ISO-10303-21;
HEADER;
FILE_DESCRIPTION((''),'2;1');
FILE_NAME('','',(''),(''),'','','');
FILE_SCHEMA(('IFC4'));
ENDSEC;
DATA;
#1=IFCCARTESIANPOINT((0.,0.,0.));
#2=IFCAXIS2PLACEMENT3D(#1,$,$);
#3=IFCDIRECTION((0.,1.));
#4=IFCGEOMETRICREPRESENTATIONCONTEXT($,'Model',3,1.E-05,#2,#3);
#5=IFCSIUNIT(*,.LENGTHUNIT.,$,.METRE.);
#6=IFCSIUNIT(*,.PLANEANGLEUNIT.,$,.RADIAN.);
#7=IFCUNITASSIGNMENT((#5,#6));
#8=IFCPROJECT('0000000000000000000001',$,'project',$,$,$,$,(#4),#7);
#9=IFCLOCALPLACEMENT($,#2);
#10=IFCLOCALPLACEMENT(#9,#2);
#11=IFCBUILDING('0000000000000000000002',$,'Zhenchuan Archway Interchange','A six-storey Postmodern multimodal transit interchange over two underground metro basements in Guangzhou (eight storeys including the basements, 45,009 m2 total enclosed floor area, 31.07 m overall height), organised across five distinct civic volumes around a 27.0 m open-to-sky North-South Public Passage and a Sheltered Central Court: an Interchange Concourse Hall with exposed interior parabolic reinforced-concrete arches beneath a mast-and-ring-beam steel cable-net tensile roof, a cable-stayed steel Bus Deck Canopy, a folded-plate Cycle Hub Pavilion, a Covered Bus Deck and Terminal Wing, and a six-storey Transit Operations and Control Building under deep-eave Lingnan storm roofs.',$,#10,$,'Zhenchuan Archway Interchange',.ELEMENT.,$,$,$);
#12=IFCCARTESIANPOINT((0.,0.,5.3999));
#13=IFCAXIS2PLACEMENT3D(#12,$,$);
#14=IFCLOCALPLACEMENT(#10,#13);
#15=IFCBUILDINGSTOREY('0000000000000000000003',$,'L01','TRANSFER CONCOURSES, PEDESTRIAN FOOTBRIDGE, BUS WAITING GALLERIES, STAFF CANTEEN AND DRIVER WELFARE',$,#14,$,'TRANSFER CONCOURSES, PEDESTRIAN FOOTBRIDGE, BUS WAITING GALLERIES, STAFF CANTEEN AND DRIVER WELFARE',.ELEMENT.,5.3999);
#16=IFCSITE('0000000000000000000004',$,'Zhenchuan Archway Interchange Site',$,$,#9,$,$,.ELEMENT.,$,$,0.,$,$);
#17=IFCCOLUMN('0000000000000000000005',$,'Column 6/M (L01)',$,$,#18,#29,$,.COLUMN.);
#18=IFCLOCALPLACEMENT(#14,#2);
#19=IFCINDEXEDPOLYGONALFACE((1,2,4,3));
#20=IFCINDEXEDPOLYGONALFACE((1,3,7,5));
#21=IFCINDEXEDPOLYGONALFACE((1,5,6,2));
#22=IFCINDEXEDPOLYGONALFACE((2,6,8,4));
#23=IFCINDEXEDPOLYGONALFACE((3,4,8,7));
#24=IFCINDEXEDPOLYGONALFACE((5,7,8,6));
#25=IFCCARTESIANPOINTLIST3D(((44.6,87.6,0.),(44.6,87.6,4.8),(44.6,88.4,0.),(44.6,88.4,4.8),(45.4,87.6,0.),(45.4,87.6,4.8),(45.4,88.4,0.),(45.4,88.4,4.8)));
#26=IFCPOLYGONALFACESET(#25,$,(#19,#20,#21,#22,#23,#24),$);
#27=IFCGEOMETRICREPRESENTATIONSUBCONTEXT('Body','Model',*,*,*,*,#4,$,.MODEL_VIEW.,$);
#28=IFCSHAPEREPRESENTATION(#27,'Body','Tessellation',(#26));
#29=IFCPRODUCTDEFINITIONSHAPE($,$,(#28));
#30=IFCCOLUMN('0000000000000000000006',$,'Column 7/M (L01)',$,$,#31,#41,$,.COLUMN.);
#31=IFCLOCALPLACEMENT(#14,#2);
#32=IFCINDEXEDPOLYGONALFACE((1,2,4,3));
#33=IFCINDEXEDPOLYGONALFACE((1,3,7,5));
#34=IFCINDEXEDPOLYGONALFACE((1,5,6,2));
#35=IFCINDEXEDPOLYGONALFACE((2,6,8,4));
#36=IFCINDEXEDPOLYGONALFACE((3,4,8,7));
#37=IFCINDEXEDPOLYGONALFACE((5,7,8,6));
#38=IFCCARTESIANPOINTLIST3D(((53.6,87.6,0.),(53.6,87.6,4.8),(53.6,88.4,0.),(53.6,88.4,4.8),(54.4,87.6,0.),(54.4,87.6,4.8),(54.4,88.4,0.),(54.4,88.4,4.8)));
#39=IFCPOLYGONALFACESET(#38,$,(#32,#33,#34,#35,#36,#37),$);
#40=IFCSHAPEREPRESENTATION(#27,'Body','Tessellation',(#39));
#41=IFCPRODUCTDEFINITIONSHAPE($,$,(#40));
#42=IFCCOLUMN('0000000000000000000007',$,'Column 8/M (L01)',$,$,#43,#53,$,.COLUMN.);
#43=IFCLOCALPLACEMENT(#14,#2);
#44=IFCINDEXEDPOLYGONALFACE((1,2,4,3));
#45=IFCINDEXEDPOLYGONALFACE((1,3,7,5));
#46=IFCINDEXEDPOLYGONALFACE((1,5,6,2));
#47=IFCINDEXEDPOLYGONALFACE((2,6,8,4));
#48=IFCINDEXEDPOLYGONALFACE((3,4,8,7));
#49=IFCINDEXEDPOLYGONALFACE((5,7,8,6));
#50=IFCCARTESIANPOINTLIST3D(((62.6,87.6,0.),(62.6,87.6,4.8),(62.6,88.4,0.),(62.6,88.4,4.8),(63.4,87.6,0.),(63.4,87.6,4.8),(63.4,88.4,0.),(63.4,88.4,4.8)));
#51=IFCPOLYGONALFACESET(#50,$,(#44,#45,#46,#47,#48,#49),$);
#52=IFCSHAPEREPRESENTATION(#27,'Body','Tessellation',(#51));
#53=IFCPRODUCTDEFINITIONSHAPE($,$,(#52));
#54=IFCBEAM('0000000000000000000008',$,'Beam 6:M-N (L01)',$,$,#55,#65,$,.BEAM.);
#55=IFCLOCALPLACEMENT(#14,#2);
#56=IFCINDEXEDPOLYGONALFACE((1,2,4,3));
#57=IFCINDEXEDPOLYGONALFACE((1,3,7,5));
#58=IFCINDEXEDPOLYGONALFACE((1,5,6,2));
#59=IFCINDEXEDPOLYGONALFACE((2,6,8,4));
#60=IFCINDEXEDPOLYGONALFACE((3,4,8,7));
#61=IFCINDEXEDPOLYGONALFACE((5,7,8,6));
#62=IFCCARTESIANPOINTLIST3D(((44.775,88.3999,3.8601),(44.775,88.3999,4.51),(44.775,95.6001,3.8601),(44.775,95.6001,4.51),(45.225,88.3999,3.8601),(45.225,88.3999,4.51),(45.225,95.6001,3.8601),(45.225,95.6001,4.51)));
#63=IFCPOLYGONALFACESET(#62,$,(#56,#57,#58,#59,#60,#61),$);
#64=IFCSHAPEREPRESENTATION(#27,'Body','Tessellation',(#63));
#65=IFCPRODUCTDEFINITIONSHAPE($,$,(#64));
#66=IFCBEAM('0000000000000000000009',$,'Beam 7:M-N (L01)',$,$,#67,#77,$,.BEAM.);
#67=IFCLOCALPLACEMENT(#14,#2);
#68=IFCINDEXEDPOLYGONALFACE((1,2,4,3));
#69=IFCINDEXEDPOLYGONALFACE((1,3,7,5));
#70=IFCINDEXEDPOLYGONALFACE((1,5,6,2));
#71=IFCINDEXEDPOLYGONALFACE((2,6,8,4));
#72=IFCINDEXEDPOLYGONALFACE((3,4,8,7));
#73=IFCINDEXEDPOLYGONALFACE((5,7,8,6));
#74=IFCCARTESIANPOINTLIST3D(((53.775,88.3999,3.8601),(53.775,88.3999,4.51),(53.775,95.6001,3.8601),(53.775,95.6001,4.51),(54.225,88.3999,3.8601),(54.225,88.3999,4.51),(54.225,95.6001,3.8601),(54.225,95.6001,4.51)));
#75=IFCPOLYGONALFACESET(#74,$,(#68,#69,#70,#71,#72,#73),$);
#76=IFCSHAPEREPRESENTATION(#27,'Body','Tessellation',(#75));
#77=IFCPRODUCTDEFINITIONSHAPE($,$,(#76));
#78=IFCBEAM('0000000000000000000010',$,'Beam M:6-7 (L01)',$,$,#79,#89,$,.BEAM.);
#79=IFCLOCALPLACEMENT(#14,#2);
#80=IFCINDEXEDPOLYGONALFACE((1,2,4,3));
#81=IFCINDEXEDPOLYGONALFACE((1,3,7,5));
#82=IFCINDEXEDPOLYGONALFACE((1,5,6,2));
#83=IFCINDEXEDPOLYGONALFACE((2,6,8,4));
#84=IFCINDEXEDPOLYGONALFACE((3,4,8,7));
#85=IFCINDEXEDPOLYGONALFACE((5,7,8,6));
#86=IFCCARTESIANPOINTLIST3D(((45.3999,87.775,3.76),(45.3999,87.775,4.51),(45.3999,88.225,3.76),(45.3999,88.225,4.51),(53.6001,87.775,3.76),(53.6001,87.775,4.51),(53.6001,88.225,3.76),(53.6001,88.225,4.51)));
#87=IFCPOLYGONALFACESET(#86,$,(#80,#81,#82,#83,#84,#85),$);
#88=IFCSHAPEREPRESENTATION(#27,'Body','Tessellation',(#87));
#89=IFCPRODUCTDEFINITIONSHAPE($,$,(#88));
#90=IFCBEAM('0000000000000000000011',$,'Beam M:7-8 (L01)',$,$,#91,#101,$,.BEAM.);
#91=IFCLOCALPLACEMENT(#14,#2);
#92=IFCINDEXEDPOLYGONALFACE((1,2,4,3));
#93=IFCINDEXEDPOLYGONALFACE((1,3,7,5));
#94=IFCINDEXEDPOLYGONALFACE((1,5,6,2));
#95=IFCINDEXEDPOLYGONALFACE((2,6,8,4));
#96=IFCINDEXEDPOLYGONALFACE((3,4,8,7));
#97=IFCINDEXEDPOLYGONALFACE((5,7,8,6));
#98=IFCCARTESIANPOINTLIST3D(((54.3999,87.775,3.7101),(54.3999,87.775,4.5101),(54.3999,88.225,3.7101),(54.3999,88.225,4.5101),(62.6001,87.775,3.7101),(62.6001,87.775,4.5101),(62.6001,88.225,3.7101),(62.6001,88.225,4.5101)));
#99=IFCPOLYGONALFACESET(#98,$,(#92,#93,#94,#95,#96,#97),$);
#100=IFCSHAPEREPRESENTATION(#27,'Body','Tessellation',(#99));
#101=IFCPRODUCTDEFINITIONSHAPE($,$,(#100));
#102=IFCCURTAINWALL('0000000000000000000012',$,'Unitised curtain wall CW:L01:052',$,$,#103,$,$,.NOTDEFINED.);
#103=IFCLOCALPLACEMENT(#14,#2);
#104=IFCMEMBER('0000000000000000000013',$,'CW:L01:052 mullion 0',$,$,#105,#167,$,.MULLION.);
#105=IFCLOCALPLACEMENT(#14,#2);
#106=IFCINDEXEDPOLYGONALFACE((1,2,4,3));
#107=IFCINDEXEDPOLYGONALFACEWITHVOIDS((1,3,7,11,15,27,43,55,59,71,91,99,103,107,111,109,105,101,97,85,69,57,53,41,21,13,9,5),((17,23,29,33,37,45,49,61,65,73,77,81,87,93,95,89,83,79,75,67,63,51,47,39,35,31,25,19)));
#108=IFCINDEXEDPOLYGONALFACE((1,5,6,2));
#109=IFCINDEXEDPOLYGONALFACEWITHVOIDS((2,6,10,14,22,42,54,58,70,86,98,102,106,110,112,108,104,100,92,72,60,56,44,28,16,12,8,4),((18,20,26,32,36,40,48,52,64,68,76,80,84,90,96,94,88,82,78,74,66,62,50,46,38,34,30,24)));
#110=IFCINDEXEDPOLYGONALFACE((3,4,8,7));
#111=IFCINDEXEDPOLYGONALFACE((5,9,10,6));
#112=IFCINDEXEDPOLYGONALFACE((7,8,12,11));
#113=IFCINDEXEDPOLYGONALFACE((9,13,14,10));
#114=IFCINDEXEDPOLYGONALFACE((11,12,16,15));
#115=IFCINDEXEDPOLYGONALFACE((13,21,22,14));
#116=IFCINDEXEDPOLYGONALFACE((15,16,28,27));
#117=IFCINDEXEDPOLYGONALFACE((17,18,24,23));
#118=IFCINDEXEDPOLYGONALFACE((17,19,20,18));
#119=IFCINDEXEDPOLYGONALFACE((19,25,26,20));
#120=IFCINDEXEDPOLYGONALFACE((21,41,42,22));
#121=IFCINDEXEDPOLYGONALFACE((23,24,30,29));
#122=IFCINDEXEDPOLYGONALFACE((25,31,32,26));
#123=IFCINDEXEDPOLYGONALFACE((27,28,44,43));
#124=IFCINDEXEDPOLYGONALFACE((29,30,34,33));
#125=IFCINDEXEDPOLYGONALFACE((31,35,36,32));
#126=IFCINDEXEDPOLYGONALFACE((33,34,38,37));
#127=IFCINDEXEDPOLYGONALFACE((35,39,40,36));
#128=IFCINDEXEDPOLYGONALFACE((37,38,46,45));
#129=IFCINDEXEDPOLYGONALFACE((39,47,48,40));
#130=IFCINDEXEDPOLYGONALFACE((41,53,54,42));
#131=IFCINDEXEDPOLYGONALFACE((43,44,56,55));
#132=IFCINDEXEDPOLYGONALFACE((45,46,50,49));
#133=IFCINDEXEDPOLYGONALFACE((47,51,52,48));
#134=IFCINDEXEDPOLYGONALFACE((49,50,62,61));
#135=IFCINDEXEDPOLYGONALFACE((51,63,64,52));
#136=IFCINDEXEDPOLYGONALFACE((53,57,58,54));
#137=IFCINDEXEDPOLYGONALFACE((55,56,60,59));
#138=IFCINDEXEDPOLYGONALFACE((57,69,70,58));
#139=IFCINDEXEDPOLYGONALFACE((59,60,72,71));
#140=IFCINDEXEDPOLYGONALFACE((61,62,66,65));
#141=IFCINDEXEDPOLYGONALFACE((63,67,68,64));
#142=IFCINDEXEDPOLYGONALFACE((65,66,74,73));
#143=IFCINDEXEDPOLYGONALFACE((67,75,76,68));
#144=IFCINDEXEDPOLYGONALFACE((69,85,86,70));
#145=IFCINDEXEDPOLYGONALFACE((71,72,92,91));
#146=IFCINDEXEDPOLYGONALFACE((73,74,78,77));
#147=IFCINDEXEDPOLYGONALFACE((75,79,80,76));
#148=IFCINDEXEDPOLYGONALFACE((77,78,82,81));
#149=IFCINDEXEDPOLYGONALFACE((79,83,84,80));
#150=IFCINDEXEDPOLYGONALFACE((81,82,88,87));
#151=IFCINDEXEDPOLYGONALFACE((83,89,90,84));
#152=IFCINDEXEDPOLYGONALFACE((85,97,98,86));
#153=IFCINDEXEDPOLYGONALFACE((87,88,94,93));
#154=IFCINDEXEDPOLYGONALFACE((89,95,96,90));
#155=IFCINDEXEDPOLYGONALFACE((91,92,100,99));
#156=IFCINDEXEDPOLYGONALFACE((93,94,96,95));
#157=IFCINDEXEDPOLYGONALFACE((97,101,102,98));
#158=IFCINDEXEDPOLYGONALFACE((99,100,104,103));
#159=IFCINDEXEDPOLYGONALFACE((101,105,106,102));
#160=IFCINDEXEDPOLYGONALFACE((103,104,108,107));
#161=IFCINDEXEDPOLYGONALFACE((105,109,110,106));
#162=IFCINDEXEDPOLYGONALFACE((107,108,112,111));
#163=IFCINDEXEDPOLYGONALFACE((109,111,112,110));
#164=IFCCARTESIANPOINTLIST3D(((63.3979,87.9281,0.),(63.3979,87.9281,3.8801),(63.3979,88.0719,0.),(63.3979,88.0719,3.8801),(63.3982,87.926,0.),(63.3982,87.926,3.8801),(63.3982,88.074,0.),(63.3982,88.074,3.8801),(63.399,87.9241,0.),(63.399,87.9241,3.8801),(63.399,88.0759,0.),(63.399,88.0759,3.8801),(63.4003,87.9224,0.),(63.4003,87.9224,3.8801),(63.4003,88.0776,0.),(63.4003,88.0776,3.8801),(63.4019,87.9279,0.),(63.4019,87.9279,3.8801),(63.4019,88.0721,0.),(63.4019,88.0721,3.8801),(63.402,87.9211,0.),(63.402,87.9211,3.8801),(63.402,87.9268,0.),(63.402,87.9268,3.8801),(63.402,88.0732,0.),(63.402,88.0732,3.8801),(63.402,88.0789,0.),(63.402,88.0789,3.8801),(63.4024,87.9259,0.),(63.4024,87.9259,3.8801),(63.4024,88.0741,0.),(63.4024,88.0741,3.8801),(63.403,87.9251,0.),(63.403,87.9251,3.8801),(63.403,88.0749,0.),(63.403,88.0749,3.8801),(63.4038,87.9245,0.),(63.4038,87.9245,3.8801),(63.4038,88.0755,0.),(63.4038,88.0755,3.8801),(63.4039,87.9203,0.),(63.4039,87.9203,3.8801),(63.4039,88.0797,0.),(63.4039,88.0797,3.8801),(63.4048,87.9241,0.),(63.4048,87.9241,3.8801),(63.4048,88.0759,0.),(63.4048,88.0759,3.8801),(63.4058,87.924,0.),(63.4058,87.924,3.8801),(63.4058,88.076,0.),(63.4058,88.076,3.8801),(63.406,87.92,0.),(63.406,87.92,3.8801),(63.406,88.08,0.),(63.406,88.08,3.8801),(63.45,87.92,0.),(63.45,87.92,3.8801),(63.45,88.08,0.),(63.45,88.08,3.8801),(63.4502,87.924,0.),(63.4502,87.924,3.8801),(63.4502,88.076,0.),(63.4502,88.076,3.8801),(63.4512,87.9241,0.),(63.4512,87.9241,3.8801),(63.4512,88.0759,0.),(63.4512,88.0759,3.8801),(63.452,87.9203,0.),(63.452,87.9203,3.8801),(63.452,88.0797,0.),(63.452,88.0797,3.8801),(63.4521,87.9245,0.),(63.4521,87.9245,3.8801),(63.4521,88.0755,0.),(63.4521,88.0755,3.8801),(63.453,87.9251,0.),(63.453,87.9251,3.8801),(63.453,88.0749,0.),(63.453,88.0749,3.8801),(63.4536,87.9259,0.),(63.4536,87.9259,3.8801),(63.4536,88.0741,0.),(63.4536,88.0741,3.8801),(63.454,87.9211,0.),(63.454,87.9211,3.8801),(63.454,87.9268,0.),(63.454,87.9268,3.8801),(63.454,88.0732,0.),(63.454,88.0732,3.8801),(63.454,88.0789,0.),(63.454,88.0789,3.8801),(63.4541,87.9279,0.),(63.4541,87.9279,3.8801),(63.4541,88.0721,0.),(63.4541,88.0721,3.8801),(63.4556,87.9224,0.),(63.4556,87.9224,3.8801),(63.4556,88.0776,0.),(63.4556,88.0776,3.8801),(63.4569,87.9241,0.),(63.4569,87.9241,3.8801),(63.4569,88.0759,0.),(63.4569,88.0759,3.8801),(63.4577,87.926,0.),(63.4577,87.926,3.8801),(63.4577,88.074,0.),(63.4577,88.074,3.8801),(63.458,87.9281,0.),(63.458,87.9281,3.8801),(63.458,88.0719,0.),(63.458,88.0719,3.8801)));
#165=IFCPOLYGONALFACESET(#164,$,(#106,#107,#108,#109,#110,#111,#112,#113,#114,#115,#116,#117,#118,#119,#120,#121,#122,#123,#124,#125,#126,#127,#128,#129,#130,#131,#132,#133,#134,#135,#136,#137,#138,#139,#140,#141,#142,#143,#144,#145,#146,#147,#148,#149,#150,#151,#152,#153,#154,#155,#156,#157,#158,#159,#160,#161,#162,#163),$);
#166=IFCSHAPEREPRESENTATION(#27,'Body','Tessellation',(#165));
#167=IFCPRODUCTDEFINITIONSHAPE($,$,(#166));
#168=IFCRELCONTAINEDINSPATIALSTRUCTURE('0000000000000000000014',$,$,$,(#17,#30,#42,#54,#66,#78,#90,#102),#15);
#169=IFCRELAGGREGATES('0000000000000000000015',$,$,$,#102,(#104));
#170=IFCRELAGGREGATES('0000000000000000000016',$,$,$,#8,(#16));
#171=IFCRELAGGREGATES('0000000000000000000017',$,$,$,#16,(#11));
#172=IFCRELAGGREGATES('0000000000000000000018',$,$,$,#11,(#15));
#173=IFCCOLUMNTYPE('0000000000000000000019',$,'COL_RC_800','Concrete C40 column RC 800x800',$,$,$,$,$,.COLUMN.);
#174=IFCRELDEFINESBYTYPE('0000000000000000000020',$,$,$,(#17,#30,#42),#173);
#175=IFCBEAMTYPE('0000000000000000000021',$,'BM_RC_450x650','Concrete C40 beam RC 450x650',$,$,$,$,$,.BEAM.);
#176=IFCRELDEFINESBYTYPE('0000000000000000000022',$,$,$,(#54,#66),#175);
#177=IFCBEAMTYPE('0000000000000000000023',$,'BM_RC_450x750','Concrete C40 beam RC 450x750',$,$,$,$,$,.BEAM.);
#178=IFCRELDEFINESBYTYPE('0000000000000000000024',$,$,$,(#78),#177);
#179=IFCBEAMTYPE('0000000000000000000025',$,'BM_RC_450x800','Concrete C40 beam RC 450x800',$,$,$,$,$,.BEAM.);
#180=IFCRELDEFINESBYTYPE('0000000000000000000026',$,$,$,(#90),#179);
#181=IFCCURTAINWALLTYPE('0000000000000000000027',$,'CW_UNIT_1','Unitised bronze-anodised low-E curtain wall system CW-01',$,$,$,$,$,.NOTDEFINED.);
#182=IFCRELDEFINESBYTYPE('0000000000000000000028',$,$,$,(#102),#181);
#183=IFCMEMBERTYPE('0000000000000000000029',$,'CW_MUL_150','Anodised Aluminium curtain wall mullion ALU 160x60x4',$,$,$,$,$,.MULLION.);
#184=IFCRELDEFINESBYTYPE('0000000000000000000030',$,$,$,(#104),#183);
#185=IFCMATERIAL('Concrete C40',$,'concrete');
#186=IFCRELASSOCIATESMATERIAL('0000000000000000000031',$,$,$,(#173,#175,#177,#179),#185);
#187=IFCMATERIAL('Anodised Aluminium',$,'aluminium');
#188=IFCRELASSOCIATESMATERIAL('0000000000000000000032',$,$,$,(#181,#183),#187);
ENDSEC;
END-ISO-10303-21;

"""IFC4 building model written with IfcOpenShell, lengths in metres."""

from ifc_helpers import new_model, si_unit, direction, frame, origin, origin_2d, place, context, subcontext, project, spatial, rectangle, hollow_rectangle, extrude, material, material_profile, profile_set, type_object, element, aggregate, save


model = new_model("IFC4")

# Units and contexts
model_context = context("Model", 3, precision=1e-05, world=origin(), true_north=direction((0.0, 1.0)))
body_context = subcontext(model_context, "Body", "Model", "MODEL_VIEW")
ifc_project = project(units=[si_unit("LENGTHUNIT", "METRE"), si_unit("PLANEANGLEUNIT", "RADIAN")], contexts=[model_context])

# Site, building, storey
site_placement = place(None, origin())
site = spatial("IfcSite", under=ifc_project, at=site_placement, Name="Zhenchuan Archway Interchange Site", CompositionType="ELEMENT", RefElevation=0.0)
building_placement = place(site_placement, origin())
building = spatial("IfcBuilding", under=site, at=building_placement, Name="Zhenchuan Archway Interchange", Description="A six-storey Postmodern multimodal transit interchange over two underground metro basements in Guangzhou (eight storeys including the basements, 45,009 m2 total enclosed floor area, 31.07 m overall height), organised across five distinct civic volumes around a 27.0 m open-to-sky North-South Public Passage and a Sheltered Central Court: an Interchange Concourse Hall with exposed interior parabolic reinforced-concrete arches beneath a mast-and-ring-beam steel cable-net tensile roof, a cable-stayed steel Bus Deck Canopy, a folded-plate Cycle Hub Pavilion, a Covered Bus Deck and Terminal Wing, and a six-storey Transit Operations and Control Building under deep-eave Lingnan storm roofs.", LongName="Zhenchuan Archway Interchange", CompositionType="ELEMENT")
storey_placement = place(building_placement, frame((0.0, 0.0, 5.3999)))
storey = spatial("IfcBuildingStorey", under=building, at=storey_placement, Name="L01", Description="TRANSFER CONCOURSES, PEDESTRIAN FOOTBRIDGE, BUS WAITING GALLERIES, STAFF CANTEEN AND DRIVER WELFARE", LongName="TRANSFER CONCOURSES, PEDESTRIAN FOOTBRIDGE, BUS WAITING GALLERIES, STAFF CANTEEN AND DRIVER WELFARE", CompositionType="ELEMENT", Elevation=5.3999)

# Columns
ifc_material_1 = material(Name="Concrete C40", Category="concrete")
ifc_material_profile_1 = material_profile(ifc_material_1, rectangle(XDim=0.8, YDim=0.8, at=origin_2d()), Name="RC 800x800")
ifc_profile_set_1 = profile_set([ifc_material_profile_1], Name="Concrete C40")
column_type = type_object("IfcColumnType", Name="COL_RC_800", Description="Concrete C40 column RC 800x800", PredefinedType="COLUMN", material=ifc_profile_set_1)
for number, where, z_axis, x_axis, name in (
    (1, (45.0, 88.0, 0.0), (0.0, 0.0, 1.0), (1.0, 0.0, 0.0), "Column 6/M (L01)"),
    (2, (54.0, 88.0, 0.0), (0.0, 0.0, 1.0), (1.0, 0.0, 0.0), "Column 7/M (L01)"),
    (3, (63.0, 88.0, 0.0), (0.0, 0.0, 1.0), (1.0, 0.0, 0.0), "Column 8/M (L01)"),
):
    element("IfcColumn", number, at=place(storey_placement, frame(where, z_axis=z_axis, x_axis=x_axis)), inside=storey, type_object=column_type, Name=name, PredefinedType="COLUMN", context=body_context, shape_type="SweptSolid", body=[
        extrude(rectangle(XDim=0.8, YDim=0.8, at=origin_2d()), origin(), (0.0, 0.0, 1.0), 4.8),
    ])

# Beams
ifc_material_profile_2 = material_profile(ifc_material_1, rectangle(XDim=0.45, YDim=0.6499, at=origin_2d()), Name="RC 450x650")
ifc_profile_set_2 = profile_set([ifc_material_profile_2], Name="Concrete C40")
beam_type_1 = type_object("IfcBeamType", Name="BM_RC_450x650", Description="Concrete C40 beam RC 450x650", PredefinedType="BEAM", material=ifc_profile_set_2)
for number, where, z_axis, x_axis, name in (
    (4, (45.0, 88.3999, 4.1851), (0.0, 1.0, 0.0), (-1.0, 0.0, 0.0), "Beam 6:M-N (L01)"),
    (5, (54.0, 88.3999, 4.1851), (0.0, 1.0, 0.0), (-1.0, 0.0, 0.0), "Beam 7:M-N (L01)"),
):
    element("IfcBeam", number, at=place(storey_placement, frame(where, z_axis=z_axis, x_axis=x_axis)), inside=storey, type_object=beam_type_1, Name=name, PredefinedType="BEAM", context=body_context, shape_type="SweptSolid", body=[
        extrude(rectangle(XDim=0.45, YDim=0.6499, at=origin_2d()), origin(), (0.0, 0.0, 1.0), 7.2002),
    ])
ifc_material_profile_3 = material_profile(ifc_material_1, rectangle(XDim=0.45, YDim=0.75, at=origin_2d()), Name="RC 450x750")
ifc_profile_set_3 = profile_set([ifc_material_profile_3], Name="Concrete C40")
beam_type_2 = type_object("IfcBeamType", Name="BM_RC_450x750", Description="Concrete C40 beam RC 450x750", PredefinedType="BEAM", material=ifc_profile_set_3)
beam_1_placement = place(storey_placement, frame((45.3999, 88.0, 4.135), z_axis=(1.0, 0.0, 0.0), x_axis=(0.0, 1.0, 0.0)))
element("IfcBeam", 6, at=beam_1_placement, inside=storey, type_object=beam_type_2, Name="Beam M:6-7 (L01)", PredefinedType="BEAM", context=body_context, shape_type="SweptSolid", body=[
    extrude(rectangle(XDim=0.45, YDim=0.75, at=origin_2d()), origin(), (0.0, 0.0, 1.0), 8.2002),
])
ifc_material_profile_4 = material_profile(ifc_material_1, rectangle(XDim=0.45, YDim=0.8, at=origin_2d()), Name="RC 450x800")
ifc_profile_set_4 = profile_set([ifc_material_profile_4], Name="Concrete C40")
beam_type_3 = type_object("IfcBeamType", Name="BM_RC_450x800", Description="Concrete C40 beam RC 450x800", PredefinedType="BEAM", material=ifc_profile_set_4)
beam_2_placement = place(storey_placement, frame((54.3999, 88.0, 4.1101), z_axis=(1.0, 0.0, 0.0), x_axis=(0.0, 1.0, 0.0)))
element("IfcBeam", 7, at=beam_2_placement, inside=storey, type_object=beam_type_3, Name="Beam M:7-8 (L01)", PredefinedType="BEAM", context=body_context, shape_type="SweptSolid", body=[
    extrude(rectangle(XDim=0.45, YDim=0.8, at=origin_2d()), origin(), (0.0, 0.0, 1.0), 8.2002),
])

# Curtain wall, member
ifc_material_2 = material(Name="Anodised Aluminium", Category="aluminium")
curtain_wall_type = type_object("IfcCurtainWallType", Name="CW_UNIT_1", Description="Unitised bronze-anodised low-E curtain wall system CW-01", PredefinedType="NOTDEFINED", material=ifc_material_2)
curtain_wall_placement = place(storey_placement, origin())
curtain_wall = element("IfcCurtainWall", 8, at=curtain_wall_placement, inside=storey, type_object=curtain_wall_type, Name="Unitised curtain wall CW:L01:052", PredefinedType="NOTDEFINED")
ifc_material_profile_5 = material_profile(ifc_material_2, hollow_rectangle(XDim=0.0601, YDim=0.1599, WallThickness=0.0039, InnerFilletRadius=0.0039, OuterFilletRadius=0.0081, at=origin_2d()), Name="ALU 160x60x4")
ifc_profile_set_5 = profile_set([ifc_material_profile_5], Name="Anodised Aluminium")
member_type_1 = type_object("IfcMemberType", Name="CW_MUL_150", Description="Anodised Aluminium curtain wall mullion ALU 160x60x4", PredefinedType="MULLION", material=ifc_profile_set_5)
member_1_placement = place(storey_placement, frame((63.428, 88.0, 0.0), z_axis=(0.0, 0.0, 1.0), x_axis=(1.0, 0.0, 0.0)))
member_1 = element("IfcMember", 9, at=member_1_placement, type_object=member_type_1, Name="CW:L01:052 mullion 0", PredefinedType="MULLION", context=body_context, shape_type="SweptSolid", body=[
    extrude(hollow_rectangle(XDim=0.0601, YDim=0.1599, WallThickness=0.0039, InnerFilletRadius=0.0039, OuterFilletRadius=0.0081, at=origin_2d()), origin(), (0.0, 0.0, 1.0), 3.8801),
])

aggregate(curtain_wall, [member_1])

save(model, "model.ifc")
